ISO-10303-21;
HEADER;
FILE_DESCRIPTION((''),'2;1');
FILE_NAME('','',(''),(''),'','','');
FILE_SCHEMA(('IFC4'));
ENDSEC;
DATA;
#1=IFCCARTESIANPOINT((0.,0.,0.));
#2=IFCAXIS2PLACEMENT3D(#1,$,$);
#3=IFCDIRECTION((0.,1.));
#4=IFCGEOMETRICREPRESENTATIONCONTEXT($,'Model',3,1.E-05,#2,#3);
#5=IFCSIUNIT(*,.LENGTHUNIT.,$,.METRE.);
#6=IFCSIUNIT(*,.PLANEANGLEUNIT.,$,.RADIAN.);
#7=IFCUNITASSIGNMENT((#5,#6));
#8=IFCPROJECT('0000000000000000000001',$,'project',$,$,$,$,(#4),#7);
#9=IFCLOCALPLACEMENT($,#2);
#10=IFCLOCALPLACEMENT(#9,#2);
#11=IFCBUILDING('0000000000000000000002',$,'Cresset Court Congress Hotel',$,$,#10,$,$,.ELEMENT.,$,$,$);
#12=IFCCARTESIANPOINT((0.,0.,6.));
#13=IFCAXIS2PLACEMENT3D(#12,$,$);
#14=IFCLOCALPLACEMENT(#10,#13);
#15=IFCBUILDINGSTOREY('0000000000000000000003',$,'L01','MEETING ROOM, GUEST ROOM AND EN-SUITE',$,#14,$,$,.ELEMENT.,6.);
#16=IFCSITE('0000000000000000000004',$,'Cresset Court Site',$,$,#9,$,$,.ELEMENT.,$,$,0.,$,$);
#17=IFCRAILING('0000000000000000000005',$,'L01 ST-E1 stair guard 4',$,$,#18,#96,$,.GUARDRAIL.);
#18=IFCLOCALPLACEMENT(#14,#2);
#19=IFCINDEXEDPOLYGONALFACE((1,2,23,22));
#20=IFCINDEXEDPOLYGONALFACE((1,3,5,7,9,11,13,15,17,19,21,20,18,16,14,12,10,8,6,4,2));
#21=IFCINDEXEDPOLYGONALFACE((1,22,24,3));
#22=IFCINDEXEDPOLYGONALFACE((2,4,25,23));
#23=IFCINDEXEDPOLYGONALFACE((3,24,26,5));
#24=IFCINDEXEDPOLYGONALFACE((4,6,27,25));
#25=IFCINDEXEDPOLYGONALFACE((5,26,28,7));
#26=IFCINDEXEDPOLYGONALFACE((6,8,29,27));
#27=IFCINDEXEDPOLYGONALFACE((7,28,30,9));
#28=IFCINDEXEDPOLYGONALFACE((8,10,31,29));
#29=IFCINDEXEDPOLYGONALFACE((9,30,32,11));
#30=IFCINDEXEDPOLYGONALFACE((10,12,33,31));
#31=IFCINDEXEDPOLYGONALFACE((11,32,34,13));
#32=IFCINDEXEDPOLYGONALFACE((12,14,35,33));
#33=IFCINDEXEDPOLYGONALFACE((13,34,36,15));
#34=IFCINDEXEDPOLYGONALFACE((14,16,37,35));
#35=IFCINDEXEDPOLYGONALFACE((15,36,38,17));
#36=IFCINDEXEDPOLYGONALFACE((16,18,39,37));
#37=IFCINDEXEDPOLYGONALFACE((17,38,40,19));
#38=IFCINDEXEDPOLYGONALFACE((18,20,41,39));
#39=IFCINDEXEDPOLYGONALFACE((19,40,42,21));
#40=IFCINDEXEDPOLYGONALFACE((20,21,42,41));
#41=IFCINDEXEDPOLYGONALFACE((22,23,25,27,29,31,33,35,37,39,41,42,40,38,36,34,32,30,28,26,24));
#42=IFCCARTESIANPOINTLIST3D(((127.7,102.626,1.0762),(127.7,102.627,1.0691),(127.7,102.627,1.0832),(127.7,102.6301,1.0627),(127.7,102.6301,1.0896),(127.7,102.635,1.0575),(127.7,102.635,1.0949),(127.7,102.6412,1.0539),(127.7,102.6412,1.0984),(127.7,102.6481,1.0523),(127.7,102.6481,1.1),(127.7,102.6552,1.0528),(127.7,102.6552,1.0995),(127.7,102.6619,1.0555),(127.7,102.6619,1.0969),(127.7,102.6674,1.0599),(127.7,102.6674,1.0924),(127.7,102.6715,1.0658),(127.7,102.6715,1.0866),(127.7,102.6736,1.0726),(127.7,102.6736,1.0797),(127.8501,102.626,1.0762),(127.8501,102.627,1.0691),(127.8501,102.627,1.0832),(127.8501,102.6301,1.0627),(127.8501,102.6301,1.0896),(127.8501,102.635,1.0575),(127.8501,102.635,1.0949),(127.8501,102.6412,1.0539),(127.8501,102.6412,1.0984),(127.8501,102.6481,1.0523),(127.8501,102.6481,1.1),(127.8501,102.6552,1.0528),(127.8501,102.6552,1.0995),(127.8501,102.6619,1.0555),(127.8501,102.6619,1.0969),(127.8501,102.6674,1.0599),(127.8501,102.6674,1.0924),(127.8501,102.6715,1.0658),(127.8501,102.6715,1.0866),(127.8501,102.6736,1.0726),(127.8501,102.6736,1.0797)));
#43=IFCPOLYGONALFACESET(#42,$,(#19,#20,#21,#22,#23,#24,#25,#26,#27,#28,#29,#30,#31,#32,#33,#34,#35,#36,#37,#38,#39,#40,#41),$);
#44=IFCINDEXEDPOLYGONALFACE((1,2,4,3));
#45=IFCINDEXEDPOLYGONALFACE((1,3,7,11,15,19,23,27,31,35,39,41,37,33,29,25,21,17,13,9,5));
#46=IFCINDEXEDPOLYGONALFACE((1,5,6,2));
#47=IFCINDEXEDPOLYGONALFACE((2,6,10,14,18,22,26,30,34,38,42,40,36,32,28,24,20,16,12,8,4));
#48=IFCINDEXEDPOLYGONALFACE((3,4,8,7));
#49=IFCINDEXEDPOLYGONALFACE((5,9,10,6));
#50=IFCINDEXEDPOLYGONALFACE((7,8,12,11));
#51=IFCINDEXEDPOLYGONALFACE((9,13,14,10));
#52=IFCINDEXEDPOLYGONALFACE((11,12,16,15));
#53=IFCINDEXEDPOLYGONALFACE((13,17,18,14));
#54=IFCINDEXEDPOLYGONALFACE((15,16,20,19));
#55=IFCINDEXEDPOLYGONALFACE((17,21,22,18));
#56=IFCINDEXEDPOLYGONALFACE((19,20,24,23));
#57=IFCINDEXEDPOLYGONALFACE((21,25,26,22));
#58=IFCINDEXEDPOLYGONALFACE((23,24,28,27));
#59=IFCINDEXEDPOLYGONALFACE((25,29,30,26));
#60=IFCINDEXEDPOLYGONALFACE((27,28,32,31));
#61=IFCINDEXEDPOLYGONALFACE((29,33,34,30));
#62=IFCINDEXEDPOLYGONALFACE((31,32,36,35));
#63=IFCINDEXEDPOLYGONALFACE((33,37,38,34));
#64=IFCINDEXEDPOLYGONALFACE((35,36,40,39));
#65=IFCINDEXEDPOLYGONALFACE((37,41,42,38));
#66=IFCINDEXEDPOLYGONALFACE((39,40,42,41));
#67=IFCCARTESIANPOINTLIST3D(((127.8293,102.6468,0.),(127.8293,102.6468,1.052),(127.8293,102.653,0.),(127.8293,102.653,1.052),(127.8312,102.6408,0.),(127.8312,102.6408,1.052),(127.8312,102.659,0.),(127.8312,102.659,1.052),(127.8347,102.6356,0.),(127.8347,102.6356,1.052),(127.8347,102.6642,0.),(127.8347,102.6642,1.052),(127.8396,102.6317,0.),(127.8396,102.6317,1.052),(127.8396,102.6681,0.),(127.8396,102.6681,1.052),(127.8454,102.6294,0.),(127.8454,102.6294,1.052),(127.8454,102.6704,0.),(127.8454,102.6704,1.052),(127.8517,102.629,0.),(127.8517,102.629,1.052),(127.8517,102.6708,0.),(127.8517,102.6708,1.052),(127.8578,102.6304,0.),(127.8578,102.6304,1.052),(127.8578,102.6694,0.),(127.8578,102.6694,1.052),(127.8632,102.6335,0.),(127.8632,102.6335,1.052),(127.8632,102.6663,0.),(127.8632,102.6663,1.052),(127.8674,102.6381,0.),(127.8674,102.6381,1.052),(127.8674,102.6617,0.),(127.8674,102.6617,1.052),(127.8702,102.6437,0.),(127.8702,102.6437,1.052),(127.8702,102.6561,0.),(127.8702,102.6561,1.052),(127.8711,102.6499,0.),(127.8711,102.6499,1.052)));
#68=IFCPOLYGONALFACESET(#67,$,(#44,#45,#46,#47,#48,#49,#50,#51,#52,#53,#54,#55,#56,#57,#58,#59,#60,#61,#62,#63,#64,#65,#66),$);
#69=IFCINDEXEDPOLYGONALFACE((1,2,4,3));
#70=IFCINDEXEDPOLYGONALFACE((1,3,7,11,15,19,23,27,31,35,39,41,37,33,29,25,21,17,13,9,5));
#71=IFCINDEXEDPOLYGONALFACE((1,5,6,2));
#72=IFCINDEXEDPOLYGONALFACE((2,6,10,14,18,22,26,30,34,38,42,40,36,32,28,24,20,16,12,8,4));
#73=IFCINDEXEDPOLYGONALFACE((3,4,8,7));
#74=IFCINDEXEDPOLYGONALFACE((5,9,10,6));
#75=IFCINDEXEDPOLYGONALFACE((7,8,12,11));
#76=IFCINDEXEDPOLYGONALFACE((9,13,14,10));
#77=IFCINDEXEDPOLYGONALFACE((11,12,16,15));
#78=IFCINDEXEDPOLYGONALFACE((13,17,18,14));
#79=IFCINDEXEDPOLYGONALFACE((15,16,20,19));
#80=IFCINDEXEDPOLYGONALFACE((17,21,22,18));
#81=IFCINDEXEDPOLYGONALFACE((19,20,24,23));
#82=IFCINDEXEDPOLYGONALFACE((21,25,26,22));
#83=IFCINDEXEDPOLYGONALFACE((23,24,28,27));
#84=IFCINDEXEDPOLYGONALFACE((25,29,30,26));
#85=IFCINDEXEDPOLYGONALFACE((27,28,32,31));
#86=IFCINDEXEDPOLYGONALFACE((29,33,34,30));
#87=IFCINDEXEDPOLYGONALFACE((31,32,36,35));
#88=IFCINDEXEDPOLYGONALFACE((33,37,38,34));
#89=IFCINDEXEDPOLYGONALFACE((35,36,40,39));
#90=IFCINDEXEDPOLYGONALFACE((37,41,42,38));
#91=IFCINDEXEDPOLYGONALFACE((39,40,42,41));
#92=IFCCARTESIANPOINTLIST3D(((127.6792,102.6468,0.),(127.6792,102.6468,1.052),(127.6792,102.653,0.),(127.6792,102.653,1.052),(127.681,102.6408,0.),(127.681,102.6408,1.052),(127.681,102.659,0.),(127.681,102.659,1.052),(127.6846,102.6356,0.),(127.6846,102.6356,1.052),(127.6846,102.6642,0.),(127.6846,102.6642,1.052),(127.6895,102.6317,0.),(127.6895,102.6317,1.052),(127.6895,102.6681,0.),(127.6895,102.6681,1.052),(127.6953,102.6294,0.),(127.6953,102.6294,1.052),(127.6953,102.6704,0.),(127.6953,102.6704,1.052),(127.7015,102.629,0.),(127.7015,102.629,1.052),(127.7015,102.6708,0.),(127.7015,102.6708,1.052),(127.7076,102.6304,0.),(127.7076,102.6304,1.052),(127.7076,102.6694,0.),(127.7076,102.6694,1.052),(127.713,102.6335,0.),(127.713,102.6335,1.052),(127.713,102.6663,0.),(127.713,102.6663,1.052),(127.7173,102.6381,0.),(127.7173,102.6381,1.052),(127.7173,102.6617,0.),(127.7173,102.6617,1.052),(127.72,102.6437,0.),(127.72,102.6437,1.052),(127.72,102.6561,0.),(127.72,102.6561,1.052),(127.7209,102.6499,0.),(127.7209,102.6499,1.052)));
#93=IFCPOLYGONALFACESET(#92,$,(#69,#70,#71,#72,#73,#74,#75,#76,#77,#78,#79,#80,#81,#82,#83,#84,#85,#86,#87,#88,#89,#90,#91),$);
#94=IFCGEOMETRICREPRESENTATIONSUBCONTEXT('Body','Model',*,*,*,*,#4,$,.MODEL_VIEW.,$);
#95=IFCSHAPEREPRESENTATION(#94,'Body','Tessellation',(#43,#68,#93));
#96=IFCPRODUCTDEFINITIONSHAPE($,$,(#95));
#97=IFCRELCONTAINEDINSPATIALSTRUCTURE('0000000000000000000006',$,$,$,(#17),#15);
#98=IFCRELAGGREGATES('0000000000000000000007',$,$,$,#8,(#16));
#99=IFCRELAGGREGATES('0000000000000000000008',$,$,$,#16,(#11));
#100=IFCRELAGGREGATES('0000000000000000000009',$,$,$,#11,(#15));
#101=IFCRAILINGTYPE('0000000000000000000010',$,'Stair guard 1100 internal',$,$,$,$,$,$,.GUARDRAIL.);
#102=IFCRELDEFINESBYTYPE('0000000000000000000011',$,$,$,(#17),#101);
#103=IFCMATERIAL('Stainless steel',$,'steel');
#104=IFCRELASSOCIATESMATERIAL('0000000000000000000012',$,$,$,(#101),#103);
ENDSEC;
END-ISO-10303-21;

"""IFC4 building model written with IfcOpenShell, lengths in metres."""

from ifc_helpers import new_model, si_unit, direction, frame, origin, origin_2d, place, context, subcontext, project, spatial, circle, extrude, material, type_object, element, save


model = new_model("IFC4")

# Units and contexts
model_context = context("Model", 3, precision=1e-05, world=origin(), true_north=direction((0.0, 1.0)))
body_context = subcontext(model_context, "Body", "Model", "MODEL_VIEW")
ifc_project = project(units=[si_unit("LENGTHUNIT", "METRE"), si_unit("PLANEANGLEUNIT", "RADIAN")], contexts=[model_context])

# Site, building, storey
site_placement = place(None, origin())
site = spatial("IfcSite", under=ifc_project, at=site_placement, Name="Cresset Court Site", CompositionType="ELEMENT", RefElevation=0.0)
building_placement = place(site_placement, origin())
building = spatial("IfcBuilding", under=site, at=building_placement, Name="Cresset Court Congress Hotel", CompositionType="ELEMENT")
storey_placement = place(building_placement, frame((0.0, 0.0, 6.0)))
storey = spatial("IfcBuildingStorey", under=building, at=storey_placement, Name="L01", Description="MEETING ROOM, GUEST ROOM AND EN-SUITE", CompositionType="ELEMENT", Elevation=6.0)

# Railing
ifc_material_1 = material(Name="Stainless steel", Category="steel")
railing_type_1 = type_object("IfcRailingType", Name="Stair guard 1100 internal", PredefinedType="GUARDRAIL", material=ifc_material_1)
railing_1_placement = place(storey_placement, frame((127.8501, 102.6499, 0.0)))
element("IfcRailing", 1, at=railing_1_placement, inside=storey, type_object=railing_type_1, Name="L01 ST-E1 stair guard 4", PredefinedType="GUARDRAIL", context=body_context, shape_type="SweptSolid", body=[
    extrude(circle(Radius=0.0239, at=origin_2d()), frame((0.0, 0.0, 1.0762), z_axis=(-1.0, 0.0, 0.0), x_axis=(0.0, -1.0, 0.0)), (0.0, 0.0, 1.0), 0.1501),
    extrude(circle(Radius=0.021, at=origin_2d()), origin(), (0.0, 0.0, 1.0), 1.052),
    extrude(circle(Radius=0.021, at=origin_2d()), frame((-0.1501, 0.0, 0.0)), (0.0, 0.0, 1.0), 1.052),
])

save(model, "model.ifc")
